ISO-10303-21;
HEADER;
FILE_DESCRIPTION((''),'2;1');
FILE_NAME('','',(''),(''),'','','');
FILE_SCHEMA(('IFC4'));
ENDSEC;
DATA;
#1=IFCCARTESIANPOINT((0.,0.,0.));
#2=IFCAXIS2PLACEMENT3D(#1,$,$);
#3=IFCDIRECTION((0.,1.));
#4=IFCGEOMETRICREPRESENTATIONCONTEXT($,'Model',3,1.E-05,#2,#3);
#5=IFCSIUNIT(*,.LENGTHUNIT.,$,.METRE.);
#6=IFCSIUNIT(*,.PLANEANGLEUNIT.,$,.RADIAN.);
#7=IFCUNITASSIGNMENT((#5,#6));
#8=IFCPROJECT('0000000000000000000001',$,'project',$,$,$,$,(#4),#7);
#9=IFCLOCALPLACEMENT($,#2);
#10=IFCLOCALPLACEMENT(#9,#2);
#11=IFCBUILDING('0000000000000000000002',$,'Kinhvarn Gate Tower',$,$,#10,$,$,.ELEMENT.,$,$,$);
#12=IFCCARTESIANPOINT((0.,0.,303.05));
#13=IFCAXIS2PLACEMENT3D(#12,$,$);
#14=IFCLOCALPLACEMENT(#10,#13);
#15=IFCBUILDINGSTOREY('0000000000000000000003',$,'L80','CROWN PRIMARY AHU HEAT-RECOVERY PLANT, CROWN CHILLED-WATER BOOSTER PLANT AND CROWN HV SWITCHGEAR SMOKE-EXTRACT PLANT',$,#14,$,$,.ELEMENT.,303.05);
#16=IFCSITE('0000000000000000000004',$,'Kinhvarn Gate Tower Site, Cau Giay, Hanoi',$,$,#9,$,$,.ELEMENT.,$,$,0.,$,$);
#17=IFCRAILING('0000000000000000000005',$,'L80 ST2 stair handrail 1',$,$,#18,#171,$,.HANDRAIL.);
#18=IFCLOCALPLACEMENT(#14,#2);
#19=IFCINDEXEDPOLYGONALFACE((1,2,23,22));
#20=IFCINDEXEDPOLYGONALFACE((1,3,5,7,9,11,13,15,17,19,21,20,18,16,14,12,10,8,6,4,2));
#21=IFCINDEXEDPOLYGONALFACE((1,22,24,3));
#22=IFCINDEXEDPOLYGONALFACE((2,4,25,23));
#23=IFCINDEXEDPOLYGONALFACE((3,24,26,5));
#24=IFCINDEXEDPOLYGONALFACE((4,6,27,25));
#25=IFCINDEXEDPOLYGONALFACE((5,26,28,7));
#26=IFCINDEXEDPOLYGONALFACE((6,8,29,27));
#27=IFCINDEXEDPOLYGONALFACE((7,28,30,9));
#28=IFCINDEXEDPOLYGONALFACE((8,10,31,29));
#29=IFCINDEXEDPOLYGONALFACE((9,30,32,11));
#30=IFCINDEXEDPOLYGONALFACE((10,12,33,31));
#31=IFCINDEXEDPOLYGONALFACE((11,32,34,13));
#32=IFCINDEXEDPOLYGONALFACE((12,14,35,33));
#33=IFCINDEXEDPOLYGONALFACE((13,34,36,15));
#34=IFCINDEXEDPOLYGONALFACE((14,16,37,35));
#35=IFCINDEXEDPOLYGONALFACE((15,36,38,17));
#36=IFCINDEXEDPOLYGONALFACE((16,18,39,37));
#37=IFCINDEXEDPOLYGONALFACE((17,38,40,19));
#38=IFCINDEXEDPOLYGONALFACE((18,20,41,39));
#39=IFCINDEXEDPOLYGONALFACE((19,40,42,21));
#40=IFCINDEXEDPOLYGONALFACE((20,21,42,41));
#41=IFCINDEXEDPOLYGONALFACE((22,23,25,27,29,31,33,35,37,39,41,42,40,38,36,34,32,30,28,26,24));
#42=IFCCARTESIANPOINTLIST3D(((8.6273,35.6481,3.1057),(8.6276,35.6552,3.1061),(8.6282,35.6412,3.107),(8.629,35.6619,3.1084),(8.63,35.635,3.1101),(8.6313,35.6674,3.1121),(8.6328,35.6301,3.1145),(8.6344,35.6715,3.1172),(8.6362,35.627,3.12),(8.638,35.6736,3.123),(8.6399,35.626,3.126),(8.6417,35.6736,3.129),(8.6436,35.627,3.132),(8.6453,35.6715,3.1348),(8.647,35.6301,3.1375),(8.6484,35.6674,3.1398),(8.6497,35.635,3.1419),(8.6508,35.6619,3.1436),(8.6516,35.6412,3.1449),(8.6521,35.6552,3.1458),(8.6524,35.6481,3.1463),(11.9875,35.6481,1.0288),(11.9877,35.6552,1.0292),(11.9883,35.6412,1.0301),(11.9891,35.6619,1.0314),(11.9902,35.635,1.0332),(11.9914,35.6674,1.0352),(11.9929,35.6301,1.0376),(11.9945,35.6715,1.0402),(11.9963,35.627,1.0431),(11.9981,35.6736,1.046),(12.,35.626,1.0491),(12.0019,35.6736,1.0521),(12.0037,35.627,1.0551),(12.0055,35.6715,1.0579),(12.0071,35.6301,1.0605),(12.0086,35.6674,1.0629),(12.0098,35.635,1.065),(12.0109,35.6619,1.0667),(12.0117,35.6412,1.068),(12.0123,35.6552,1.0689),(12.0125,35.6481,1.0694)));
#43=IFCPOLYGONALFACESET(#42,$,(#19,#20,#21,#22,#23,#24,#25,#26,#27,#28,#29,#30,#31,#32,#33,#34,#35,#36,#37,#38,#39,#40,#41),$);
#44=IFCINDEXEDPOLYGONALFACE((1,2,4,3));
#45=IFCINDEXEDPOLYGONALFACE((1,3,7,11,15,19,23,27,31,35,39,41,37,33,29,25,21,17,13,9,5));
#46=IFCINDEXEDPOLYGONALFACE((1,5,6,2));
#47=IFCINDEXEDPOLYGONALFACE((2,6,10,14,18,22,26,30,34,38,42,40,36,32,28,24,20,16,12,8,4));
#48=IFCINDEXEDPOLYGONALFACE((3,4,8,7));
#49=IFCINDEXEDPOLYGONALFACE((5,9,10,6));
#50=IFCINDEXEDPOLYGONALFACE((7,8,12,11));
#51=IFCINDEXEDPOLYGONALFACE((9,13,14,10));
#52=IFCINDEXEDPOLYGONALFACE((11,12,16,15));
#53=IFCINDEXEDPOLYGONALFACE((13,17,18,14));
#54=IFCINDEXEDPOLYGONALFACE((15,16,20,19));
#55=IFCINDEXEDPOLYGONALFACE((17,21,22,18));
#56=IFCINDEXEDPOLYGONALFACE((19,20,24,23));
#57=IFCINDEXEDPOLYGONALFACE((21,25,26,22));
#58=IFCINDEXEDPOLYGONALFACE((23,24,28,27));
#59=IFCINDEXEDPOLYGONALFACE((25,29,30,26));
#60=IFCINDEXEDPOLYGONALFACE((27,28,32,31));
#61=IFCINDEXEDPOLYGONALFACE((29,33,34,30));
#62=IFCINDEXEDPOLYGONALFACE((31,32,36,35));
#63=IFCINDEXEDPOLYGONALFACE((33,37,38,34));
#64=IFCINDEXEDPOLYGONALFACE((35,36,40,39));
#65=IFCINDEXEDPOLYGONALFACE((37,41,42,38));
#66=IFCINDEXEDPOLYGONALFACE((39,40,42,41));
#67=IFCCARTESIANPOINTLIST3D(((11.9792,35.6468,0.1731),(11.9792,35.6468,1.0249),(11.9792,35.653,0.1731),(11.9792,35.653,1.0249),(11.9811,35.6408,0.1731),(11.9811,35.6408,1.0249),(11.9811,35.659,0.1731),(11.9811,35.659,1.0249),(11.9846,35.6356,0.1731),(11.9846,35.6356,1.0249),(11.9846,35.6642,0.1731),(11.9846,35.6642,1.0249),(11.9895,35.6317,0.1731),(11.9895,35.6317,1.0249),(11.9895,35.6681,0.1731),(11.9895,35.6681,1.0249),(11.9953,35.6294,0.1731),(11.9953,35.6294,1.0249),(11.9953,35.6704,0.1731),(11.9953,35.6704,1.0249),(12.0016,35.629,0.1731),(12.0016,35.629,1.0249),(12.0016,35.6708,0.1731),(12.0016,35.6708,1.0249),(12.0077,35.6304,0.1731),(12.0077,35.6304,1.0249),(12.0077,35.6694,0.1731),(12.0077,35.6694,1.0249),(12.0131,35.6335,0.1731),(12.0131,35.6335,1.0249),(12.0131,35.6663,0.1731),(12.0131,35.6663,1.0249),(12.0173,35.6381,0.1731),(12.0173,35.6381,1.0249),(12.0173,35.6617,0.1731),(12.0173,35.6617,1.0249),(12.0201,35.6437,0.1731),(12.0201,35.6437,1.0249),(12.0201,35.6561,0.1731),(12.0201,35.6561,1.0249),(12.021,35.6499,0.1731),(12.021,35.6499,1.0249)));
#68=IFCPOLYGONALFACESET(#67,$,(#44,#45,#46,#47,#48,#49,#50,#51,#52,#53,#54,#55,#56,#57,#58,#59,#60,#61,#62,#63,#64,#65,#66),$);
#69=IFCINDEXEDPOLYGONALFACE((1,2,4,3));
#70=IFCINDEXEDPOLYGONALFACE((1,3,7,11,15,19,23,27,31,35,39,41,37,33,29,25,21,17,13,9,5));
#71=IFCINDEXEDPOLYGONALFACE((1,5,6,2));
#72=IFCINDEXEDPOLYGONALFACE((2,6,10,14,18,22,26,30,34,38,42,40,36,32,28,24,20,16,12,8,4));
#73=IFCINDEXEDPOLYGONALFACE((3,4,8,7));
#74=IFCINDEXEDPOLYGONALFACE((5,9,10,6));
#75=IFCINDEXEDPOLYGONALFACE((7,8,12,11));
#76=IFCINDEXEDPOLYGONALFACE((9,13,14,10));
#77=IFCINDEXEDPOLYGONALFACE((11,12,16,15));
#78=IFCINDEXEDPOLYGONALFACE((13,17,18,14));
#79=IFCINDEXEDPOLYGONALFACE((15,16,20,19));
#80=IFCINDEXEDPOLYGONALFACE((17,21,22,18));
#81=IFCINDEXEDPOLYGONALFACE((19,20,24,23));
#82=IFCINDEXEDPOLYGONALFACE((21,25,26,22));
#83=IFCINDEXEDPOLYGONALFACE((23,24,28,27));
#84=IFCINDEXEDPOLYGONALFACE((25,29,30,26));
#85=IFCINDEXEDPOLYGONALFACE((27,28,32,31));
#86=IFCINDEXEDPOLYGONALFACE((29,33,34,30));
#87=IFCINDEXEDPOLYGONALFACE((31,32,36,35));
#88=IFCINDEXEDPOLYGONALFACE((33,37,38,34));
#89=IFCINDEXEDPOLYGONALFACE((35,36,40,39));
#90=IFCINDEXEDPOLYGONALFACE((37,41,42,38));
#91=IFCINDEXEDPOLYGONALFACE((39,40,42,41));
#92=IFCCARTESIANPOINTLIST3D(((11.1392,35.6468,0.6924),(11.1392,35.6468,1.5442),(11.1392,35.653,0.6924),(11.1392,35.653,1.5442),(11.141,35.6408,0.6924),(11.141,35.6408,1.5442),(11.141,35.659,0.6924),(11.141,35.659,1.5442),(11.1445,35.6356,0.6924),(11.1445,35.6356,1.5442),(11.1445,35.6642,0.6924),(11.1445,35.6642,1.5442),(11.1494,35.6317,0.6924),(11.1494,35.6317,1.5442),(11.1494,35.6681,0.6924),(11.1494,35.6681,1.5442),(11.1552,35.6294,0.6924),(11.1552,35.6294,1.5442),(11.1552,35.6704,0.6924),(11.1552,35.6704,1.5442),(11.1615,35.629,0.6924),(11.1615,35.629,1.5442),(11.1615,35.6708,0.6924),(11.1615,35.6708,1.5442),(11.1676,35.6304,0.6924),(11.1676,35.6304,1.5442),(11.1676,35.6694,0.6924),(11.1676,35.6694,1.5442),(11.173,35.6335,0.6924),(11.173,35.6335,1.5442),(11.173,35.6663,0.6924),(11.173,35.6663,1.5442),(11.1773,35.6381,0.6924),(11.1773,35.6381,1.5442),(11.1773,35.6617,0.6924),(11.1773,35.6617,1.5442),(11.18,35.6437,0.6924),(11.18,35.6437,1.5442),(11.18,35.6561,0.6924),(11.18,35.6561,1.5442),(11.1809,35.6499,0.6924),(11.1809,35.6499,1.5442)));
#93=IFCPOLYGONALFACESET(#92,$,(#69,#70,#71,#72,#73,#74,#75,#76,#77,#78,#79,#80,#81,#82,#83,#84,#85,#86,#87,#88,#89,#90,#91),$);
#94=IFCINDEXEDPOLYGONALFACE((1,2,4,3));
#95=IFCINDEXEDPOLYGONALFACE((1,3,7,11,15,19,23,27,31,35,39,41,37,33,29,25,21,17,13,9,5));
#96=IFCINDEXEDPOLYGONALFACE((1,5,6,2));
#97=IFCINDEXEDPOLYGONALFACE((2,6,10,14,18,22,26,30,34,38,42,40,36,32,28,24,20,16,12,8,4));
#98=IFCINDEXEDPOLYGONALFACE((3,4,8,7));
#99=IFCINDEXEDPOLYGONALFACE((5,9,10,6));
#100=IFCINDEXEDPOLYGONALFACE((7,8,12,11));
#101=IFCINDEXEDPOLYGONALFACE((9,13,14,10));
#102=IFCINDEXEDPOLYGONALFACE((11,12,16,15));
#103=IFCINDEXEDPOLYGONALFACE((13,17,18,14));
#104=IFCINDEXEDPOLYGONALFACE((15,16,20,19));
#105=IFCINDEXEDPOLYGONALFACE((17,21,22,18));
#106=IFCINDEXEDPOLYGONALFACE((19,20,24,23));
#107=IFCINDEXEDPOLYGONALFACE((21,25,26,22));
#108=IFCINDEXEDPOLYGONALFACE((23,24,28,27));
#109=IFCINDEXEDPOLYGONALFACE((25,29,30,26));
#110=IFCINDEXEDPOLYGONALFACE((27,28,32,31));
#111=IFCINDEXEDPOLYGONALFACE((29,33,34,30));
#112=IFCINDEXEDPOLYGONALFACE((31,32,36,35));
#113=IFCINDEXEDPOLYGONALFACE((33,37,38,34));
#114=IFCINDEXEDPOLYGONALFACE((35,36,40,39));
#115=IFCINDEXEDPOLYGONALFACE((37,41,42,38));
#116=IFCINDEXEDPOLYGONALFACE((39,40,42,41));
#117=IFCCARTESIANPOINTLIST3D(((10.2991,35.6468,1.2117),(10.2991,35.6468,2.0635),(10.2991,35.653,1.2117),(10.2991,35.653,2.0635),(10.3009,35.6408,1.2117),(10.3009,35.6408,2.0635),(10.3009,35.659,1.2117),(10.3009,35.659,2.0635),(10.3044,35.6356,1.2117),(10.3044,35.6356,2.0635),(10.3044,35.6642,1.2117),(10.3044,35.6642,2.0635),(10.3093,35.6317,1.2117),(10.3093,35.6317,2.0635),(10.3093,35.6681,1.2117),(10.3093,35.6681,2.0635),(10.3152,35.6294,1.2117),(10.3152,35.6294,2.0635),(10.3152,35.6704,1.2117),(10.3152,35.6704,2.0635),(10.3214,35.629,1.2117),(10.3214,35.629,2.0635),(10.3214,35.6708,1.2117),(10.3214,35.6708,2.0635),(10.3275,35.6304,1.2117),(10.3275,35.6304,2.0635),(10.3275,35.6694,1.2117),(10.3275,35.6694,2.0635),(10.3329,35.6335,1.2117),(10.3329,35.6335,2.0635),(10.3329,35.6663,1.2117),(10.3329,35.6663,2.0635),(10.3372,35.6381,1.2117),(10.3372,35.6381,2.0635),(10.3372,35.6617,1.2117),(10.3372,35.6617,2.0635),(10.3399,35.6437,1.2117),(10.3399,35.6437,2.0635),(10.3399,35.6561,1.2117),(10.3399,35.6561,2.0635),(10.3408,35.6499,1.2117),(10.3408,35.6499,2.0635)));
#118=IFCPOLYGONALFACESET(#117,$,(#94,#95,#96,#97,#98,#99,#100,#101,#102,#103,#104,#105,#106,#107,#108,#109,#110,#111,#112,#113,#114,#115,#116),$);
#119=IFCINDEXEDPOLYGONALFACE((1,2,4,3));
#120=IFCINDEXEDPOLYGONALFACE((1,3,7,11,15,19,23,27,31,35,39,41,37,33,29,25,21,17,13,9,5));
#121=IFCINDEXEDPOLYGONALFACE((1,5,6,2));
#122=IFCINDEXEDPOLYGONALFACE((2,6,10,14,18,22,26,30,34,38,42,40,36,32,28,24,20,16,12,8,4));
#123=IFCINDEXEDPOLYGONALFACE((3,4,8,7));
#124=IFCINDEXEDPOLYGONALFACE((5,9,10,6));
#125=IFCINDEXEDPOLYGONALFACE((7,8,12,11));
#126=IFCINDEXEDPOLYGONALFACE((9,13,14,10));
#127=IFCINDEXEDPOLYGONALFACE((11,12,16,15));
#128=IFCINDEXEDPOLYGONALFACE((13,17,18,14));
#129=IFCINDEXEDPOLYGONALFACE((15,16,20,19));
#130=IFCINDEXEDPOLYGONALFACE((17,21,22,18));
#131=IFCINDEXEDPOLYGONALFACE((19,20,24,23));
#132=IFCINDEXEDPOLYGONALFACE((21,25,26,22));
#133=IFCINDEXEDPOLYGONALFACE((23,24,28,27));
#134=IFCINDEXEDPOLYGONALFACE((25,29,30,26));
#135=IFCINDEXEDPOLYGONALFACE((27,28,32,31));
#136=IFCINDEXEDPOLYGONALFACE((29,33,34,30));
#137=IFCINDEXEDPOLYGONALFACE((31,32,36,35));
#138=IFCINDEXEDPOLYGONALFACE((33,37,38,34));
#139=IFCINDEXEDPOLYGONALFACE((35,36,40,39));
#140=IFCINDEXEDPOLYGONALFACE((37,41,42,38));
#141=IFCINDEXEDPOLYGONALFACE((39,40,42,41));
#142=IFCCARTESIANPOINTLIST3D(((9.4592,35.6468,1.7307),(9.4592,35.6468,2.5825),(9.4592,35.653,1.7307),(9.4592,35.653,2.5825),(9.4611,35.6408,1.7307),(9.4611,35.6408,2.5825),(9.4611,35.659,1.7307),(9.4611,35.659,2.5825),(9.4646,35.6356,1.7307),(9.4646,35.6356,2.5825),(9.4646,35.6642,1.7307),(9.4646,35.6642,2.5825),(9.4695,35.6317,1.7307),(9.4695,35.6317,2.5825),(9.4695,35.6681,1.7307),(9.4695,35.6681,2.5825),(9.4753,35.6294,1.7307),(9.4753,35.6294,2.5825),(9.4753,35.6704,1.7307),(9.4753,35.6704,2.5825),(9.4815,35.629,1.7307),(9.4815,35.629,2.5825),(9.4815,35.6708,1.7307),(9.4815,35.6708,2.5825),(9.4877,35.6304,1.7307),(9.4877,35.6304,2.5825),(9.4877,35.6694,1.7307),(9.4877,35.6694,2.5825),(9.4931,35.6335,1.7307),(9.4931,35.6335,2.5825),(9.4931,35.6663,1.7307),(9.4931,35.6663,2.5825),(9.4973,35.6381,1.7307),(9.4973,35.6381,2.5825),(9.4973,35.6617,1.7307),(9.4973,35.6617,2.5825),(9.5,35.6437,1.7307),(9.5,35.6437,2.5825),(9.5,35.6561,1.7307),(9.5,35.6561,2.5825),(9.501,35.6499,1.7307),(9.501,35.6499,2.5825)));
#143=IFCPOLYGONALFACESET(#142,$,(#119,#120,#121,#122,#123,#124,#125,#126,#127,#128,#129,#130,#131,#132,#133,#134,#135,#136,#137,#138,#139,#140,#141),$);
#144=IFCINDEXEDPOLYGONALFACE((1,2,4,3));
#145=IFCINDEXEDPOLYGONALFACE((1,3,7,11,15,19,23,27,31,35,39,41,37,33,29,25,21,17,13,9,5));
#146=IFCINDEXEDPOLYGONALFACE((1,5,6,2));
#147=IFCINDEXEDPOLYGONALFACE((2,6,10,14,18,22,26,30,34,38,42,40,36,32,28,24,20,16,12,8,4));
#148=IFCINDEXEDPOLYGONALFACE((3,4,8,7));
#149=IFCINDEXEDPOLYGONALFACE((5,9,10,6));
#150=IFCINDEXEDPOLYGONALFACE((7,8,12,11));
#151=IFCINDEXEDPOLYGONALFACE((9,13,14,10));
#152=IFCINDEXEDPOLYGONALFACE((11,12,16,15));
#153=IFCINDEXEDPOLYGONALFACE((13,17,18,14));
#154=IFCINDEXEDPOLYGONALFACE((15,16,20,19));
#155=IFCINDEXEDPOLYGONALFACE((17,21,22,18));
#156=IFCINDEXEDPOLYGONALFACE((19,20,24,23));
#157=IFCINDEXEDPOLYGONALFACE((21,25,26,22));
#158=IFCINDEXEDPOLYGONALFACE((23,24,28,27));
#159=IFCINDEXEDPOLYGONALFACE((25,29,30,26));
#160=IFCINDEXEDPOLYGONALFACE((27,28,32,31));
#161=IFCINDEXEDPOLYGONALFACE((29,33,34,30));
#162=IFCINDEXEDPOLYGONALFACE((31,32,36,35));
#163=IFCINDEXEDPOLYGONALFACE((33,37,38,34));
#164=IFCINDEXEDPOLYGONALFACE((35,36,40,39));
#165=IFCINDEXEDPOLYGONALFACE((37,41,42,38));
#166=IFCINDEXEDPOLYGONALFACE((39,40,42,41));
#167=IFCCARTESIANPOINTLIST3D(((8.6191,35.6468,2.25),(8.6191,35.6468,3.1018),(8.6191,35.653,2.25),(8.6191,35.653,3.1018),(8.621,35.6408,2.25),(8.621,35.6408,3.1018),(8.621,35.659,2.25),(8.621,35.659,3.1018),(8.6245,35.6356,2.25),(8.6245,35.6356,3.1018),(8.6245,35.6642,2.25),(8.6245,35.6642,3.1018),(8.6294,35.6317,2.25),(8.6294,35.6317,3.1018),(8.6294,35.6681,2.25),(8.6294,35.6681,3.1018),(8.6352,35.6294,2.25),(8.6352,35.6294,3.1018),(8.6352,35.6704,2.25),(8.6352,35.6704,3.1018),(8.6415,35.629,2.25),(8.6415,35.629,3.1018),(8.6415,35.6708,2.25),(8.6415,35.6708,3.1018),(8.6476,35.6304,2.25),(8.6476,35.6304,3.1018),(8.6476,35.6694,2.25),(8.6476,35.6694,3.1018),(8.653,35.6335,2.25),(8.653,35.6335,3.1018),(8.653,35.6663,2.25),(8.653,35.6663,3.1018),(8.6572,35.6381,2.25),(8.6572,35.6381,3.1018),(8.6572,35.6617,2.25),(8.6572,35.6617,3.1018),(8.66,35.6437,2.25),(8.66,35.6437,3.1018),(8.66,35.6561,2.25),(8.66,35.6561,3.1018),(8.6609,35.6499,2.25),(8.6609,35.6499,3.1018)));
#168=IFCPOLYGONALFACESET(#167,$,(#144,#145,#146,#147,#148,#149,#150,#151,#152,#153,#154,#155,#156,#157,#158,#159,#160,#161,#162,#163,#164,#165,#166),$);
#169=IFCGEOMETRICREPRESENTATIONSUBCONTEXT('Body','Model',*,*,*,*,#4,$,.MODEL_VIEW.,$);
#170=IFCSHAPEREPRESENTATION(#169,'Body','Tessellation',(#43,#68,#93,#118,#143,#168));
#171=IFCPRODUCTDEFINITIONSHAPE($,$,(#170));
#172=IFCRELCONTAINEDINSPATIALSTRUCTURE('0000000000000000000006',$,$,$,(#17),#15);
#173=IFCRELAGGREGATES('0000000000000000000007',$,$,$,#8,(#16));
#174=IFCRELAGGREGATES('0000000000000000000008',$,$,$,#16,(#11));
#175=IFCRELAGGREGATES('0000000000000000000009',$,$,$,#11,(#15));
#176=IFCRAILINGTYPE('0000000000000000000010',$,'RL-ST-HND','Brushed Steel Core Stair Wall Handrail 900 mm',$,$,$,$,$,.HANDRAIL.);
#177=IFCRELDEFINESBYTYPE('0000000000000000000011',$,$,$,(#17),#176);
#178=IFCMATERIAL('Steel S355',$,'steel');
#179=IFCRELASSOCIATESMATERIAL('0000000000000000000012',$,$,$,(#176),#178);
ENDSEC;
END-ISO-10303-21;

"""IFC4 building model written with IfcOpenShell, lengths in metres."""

from ifc_helpers import new_model, si_unit, direction, frame, origin, origin_2d, place, context, subcontext, project, spatial, circle, extrude, material, type_object, element, save


model = new_model("IFC4")

# Units and contexts
model_context = context("Model", 3, precision=1e-05, world=origin(), true_north=direction((0.0, 1.0)))
body_context = subcontext(model_context, "Body", "Model", "MODEL_VIEW")
ifc_project = project(units=[si_unit("LENGTHUNIT", "METRE"), si_unit("PLANEANGLEUNIT", "RADIAN")], contexts=[model_context])

# Site, building, storey
site_placement = place(None, origin())
site = spatial("IfcSite", under=ifc_project, at=site_placement, Name="Kinhvarn Gate Tower Site, Cau Giay, Hanoi", CompositionType="ELEMENT", RefElevation=0.0)
building_placement = place(site_placement, origin())
building = spatial("IfcBuilding", under=site, at=building_placement, Name="Kinhvarn Gate Tower", CompositionType="ELEMENT")
storey_placement = place(building_placement, frame((0.0, 0.0, 303.05)))
storey = spatial("IfcBuildingStorey", under=building, at=storey_placement, Name="L80", Description="CROWN PRIMARY AHU HEAT-RECOVERY PLANT, CROWN CHILLED-WATER BOOSTER PLANT AND CROWN HV SWITCHGEAR SMOKE-EXTRACT PLANT", CompositionType="ELEMENT", Elevation=303.05)

# Shared definitions
ifc_material_1 = material(Name="Steel S355", Category="steel")

# Railing
railing_type_1 = type_object("IfcRailingType", Name="RL-ST-HND", Description="Brushed Steel Core Stair Wall Handrail 900 mm", PredefinedType="HANDRAIL", material=ifc_material_1)
railing_1_placement = place(storey_placement, frame((12.0, 35.6499, 0.1731)))
element("IfcRailing", 1, at=railing_1_placement, inside=storey, type_object=railing_type_1, Name="L80 ST2 stair handrail 1", PredefinedType="HANDRAIL", context=body_context, shape_type="SweptSolid", body=[
    extrude(circle(Radius=0.0239, at=origin_2d()), frame((0.0, 0.0, 0.876), z_axis=(-0.850623, 0.0, 0.525776), x_axis=(0.0, -1.0, 0.0)), (0.0, 0.0, 1.0), 3.9502),
    extrude(circle(Radius=0.021, at=origin_2d()), origin(), (0.0, 0.0, 1.0), 0.8518),
    extrude(circle(Radius=0.021, at=origin_2d()), frame((-0.8401, 0.0, 0.5193)), (0.0, 0.0, 1.0), 0.8518),
    extrude(circle(Radius=0.021, at=origin_2d()), frame((-1.6802, 0.0, 1.0386)), (0.0, 0.0, 1.0), 0.8518),
    extrude(circle(Radius=0.021, at=origin_2d()), frame((-2.52, 0.0, 1.5576)), (0.0, 0.0, 1.0), 0.8518),
    extrude(circle(Radius=0.021, at=origin_2d()), frame((-3.3601, 0.0, 2.0769)), (0.0, 0.0, 1.0), 0.8518),
])

save(model, "model.ifc")
